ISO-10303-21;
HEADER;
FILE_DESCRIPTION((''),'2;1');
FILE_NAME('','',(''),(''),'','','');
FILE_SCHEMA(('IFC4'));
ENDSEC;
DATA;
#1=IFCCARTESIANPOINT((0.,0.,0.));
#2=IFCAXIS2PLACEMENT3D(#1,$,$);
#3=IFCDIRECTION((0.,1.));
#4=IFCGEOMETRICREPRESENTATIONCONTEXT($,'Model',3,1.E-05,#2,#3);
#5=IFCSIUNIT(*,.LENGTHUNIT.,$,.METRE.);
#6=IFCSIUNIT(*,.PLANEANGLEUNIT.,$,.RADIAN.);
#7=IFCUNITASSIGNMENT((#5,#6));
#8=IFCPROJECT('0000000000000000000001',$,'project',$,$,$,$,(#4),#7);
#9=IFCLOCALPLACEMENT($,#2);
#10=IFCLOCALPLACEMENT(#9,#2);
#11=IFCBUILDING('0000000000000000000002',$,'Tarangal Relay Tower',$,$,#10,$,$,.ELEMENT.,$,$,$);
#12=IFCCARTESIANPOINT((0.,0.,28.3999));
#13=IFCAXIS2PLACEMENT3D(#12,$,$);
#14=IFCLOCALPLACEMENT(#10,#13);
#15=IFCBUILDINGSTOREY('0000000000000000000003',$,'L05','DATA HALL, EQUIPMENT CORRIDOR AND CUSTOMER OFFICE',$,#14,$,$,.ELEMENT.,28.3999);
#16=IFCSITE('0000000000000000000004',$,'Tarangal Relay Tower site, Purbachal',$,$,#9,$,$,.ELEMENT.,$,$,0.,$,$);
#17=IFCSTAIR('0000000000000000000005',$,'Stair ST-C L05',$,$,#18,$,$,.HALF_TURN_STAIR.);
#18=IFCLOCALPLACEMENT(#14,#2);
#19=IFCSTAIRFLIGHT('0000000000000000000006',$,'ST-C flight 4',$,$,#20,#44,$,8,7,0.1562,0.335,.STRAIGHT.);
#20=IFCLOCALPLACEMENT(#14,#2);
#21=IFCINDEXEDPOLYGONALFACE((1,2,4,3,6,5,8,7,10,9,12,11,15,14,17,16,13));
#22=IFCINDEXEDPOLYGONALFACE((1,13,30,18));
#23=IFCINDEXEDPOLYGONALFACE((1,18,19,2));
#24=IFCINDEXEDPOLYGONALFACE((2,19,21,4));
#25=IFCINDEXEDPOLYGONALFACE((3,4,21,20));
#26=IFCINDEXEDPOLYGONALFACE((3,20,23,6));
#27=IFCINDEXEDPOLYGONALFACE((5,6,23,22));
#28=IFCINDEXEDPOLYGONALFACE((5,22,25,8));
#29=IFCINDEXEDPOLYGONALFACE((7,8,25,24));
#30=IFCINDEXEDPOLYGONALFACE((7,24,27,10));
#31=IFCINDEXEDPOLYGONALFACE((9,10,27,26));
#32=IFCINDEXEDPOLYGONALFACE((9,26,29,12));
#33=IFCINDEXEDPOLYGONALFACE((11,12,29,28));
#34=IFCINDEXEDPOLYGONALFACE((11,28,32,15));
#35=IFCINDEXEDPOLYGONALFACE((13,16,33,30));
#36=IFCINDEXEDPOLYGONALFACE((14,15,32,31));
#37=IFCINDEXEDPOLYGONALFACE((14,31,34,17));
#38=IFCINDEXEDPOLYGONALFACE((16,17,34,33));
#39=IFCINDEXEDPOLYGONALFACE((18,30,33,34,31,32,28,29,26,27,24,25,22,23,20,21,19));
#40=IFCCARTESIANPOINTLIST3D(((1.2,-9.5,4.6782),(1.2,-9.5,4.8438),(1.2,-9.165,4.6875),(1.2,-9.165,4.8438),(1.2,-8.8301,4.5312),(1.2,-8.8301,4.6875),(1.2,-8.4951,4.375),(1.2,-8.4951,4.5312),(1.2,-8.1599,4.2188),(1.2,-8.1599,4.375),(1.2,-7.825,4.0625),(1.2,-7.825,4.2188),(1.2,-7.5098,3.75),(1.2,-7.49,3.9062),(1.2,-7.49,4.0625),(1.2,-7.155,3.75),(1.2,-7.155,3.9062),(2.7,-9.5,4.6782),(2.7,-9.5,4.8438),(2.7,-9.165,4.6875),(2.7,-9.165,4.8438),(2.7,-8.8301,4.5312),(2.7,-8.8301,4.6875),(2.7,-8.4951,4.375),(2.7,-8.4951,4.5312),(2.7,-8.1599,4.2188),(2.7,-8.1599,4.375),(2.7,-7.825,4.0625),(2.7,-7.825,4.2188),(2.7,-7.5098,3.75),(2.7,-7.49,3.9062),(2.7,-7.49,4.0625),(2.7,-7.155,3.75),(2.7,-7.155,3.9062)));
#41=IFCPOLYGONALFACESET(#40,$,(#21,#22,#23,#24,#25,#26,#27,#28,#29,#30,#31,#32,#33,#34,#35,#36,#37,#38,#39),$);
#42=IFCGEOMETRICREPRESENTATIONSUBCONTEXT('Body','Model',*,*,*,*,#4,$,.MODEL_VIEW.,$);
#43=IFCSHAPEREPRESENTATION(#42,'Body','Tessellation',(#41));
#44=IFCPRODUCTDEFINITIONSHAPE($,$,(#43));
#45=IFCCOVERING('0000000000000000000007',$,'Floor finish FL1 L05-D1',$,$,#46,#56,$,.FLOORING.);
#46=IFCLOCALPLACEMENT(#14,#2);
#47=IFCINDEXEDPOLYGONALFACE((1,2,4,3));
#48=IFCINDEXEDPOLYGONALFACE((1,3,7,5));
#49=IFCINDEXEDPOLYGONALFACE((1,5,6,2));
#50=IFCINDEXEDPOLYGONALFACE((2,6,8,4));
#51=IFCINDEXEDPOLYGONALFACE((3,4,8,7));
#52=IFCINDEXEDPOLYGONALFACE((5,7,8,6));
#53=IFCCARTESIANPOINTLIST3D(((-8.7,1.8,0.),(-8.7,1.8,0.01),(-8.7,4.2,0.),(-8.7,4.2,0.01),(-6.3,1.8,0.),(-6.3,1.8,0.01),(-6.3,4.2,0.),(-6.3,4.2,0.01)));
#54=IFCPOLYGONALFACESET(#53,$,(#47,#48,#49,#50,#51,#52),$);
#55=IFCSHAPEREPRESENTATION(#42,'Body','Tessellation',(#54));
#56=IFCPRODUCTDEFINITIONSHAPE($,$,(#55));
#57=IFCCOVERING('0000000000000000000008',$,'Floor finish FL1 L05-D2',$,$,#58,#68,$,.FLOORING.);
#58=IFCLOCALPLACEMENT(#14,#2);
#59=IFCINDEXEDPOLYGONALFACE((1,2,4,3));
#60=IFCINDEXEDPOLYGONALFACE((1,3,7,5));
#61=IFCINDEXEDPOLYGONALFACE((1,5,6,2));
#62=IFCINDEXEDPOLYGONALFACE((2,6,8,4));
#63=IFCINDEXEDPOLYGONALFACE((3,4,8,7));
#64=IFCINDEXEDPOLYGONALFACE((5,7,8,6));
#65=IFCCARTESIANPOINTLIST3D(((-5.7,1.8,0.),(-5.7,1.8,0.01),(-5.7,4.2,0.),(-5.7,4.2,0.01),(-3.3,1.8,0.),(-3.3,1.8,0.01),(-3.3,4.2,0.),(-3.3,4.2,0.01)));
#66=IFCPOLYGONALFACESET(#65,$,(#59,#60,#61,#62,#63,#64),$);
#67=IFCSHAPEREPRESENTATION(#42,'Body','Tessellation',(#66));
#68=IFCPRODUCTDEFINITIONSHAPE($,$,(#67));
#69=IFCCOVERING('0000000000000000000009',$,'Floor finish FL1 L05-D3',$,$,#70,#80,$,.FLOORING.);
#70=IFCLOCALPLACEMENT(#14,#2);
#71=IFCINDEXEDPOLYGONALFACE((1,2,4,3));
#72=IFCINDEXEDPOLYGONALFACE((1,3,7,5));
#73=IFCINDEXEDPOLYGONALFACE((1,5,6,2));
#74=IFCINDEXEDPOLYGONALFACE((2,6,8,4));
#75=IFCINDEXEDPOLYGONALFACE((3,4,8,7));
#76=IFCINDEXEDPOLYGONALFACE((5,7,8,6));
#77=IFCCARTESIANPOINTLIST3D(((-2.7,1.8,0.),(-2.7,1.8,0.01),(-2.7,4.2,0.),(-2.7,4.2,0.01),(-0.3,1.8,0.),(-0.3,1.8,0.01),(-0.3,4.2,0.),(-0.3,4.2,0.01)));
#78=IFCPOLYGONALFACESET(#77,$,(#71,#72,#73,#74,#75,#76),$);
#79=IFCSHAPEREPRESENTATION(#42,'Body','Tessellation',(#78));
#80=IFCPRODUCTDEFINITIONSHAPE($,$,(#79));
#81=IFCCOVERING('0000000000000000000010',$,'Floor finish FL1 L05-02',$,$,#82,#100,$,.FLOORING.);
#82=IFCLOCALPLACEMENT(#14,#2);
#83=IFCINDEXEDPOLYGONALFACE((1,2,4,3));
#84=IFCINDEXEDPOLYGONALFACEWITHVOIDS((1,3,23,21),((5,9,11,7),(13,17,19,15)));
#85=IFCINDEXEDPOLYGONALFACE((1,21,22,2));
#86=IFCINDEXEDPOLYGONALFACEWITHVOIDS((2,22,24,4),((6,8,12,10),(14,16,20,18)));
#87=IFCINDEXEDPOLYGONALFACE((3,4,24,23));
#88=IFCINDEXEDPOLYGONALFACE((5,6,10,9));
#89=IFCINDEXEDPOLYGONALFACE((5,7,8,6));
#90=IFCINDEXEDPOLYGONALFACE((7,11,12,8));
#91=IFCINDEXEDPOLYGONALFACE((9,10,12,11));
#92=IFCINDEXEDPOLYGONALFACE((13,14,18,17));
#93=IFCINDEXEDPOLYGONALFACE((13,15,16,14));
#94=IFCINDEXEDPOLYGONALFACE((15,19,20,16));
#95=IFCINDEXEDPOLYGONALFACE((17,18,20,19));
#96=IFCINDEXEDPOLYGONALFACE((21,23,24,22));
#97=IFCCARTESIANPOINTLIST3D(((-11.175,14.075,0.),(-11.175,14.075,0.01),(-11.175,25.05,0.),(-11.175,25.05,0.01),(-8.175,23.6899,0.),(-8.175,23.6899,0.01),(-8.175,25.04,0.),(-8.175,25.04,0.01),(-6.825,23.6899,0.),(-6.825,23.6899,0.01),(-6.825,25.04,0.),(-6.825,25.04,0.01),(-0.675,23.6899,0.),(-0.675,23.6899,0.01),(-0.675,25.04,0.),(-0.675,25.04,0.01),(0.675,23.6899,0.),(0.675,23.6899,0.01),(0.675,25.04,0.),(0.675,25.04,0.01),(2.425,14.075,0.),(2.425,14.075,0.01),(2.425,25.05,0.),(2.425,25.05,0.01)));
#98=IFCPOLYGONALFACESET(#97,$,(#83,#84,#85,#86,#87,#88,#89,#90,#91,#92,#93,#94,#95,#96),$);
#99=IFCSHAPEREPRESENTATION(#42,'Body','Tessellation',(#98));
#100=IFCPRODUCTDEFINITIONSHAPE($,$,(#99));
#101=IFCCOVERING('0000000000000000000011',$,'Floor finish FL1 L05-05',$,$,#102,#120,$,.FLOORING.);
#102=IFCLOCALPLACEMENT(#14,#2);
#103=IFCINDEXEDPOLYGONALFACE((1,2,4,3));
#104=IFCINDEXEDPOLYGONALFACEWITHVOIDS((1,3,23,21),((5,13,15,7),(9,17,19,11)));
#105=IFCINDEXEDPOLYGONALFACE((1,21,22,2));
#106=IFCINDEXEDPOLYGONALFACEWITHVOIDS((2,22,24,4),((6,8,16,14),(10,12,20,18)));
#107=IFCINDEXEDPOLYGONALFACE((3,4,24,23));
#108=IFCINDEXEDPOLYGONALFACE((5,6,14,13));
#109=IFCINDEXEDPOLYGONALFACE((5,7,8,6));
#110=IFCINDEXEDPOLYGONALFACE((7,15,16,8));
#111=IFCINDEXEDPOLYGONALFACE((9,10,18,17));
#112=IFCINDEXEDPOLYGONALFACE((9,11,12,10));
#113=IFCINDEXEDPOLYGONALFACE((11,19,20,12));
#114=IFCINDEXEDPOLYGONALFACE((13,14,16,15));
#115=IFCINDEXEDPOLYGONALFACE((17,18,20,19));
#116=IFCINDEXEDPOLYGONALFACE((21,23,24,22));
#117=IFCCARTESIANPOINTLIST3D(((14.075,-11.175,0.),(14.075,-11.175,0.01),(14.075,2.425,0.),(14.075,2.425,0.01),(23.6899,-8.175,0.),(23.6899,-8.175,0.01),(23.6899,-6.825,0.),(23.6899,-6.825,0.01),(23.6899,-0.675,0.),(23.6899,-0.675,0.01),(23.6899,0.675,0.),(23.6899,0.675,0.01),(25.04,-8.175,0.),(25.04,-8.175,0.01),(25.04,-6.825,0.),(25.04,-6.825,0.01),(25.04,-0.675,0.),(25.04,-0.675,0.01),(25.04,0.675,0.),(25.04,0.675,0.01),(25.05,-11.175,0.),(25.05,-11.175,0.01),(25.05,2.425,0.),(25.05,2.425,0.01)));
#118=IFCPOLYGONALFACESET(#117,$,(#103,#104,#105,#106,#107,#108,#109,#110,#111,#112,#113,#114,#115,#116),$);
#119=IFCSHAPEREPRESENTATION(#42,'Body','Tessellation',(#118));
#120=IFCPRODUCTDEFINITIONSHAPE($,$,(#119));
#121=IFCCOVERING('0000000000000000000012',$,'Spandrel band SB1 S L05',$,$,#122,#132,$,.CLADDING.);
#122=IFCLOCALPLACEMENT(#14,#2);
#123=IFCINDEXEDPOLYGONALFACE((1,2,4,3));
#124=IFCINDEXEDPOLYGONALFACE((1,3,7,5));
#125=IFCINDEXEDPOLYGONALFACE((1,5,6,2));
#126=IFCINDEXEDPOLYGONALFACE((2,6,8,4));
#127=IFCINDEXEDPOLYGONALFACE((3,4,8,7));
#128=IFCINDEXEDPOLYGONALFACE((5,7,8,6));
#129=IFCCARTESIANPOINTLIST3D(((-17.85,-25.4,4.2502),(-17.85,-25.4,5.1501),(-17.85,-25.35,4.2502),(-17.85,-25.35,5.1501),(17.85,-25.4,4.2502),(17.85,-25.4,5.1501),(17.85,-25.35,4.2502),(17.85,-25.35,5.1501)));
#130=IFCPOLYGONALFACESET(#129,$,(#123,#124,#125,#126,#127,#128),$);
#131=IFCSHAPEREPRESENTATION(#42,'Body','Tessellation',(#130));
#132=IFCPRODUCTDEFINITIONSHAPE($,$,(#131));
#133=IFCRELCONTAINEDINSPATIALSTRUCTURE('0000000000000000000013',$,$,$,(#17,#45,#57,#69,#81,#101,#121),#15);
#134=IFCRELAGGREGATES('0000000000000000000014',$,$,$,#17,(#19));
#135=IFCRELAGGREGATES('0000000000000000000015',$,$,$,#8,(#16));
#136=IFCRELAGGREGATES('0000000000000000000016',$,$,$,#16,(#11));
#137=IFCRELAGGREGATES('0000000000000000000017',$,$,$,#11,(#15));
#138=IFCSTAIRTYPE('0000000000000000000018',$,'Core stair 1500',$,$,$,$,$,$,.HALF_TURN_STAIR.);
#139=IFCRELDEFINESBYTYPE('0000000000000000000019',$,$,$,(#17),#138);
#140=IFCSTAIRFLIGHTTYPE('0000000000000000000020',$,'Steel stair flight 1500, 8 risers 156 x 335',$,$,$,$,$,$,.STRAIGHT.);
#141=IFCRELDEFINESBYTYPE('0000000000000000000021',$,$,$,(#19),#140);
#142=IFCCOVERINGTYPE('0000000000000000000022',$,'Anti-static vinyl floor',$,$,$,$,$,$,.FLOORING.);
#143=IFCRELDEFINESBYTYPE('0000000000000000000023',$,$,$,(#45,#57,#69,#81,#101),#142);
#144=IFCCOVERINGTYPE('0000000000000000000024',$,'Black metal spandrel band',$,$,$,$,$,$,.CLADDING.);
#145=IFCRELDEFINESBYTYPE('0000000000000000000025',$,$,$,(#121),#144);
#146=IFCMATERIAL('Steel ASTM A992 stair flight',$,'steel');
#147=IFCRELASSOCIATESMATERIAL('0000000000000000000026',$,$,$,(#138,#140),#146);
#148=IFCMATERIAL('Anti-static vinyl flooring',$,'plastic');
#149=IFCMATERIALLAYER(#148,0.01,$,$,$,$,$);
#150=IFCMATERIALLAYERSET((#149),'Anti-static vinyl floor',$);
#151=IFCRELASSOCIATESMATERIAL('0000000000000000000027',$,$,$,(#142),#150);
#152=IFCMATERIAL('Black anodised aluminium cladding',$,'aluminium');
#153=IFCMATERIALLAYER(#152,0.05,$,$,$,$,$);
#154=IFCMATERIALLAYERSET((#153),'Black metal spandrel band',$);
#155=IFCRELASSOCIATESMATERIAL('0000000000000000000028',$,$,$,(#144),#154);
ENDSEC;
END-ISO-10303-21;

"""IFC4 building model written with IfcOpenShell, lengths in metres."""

from ifc_helpers import new_model, si_unit, direction, frame, origin, origin_2d, place, context, subcontext, project, spatial, polyline, rectangle, outline, extrude, material, layer, layer_set, type_object, element, aggregate, save


model = new_model("IFC4")

# Units and contexts
model_context = context("Model", 3, precision=1e-05, world=origin(), true_north=direction((0.0, 1.0)))
body_context = subcontext(model_context, "Body", "Model", "MODEL_VIEW")
ifc_project = project(units=[si_unit("LENGTHUNIT", "METRE"), si_unit("PLANEANGLEUNIT", "RADIAN")], contexts=[model_context])

# Site, building, storey
site_placement = place(None, origin())
site = spatial("IfcSite", under=ifc_project, at=site_placement, Name="Tarangal Relay Tower site, Purbachal", CompositionType="ELEMENT", RefElevation=0.0)
building_placement = place(site_placement, origin())
building = spatial("IfcBuilding", under=site, at=building_placement, Name="Tarangal Relay Tower", CompositionType="ELEMENT")
storey_placement = place(building_placement, frame((0.0, 0.0, 28.3999)))
storey = spatial("IfcBuildingStorey", under=building, at=storey_placement, Name="L05", Description="DATA HALL, EQUIPMENT CORRIDOR AND CUSTOMER OFFICE", CompositionType="ELEMENT", Elevation=28.3999)

# Shared definitions
ifc_material_1 = material(Name="Steel ASTM A992 stair flight", Category="steel")
stair_type = type_object("IfcStairType", Name="Core stair 1500", PredefinedType="HALF_TURN_STAIR", material=ifc_material_1)

# Stair, stair flight
stair_1_placement = place(storey_placement, origin())
stair_1 = element("IfcStair", 1, at=stair_1_placement, inside=storey, type_object=stair_type, Name="Stair ST-C L05", PredefinedType="HALF_TURN_STAIR")
stair_flight_type = type_object("IfcStairFlightType", Name="Steel stair flight 1500, 8 risers 156 x 335", PredefinedType="STRAIGHT", material=ifc_material_1)
stair_flight_1_placement = place(storey_placement, frame((1.95, -7.155, 3.75), z_axis=(0.0, 0.0, 1.0), x_axis=(0.0, -1.0, 0.0)))
stair_flight_1 = element("IfcStairFlight", 2, at=stair_flight_1_placement, type_object=stair_flight_type, Name="ST-C flight 4", NumberOfRisers=8, NumberOfTreads=7, PredefinedType="STRAIGHT", RiserHeight=0.1562, TreadLength=0.335, context=body_context, shape_type="SweptSolid", body=[
    extrude(outline(polyline([(0.0, 0.0), (0.0, 0.1562), (0.335, 0.1562), (0.335, 0.3125), (0.6699, 0.3125), (0.6699, 0.4688), (1.0049, 0.4688), (1.0049, 0.625), (1.3401, 0.625), (1.3401, 0.7812), (1.675, 0.7812), (1.675, 0.9375), (2.01, 0.9375), (2.01, 1.0938), (2.345, 1.0938), (2.345, 1.25), (2.345, 0.9282), (0.3547, 0.0), (0.0, 0.0)])), frame((0.0, 0.75, 0.0), z_axis=(0.0, -1.0, 0.0), x_axis=(1.0, 0.0, 0.0)), (0.0, 0.0, 1.0), 1.5),
])
aggregate(stair_1, [stair_flight_1])

# Coverings
ifc_material_2 = material(Name="Anti-static vinyl flooring", Category="plastic")
ifc_layer_1 = layer(ifc_material_2, 0.01)
ifc_layer_set_1 = layer_set([ifc_layer_1], Name="Anti-static vinyl floor")
covering_type_1 = type_object("IfcCoveringType", Name="Anti-static vinyl floor", PredefinedType="FLOORING", material=ifc_layer_set_1)
covering_1_placement = place(storey_placement, origin())
element("IfcCovering", 3, at=covering_1_placement, inside=storey, type_object=covering_type_1, Name="Floor finish FL1 L05-D1", PredefinedType="FLOORING", context=body_context, shape_type="SweptSolid", body=[
    extrude(outline(polyline([(-8.7, 1.8), (-6.3, 1.8), (-6.3, 4.2), (-8.7, 4.2), (-8.7, 1.8)])), origin(), (0.0, 0.0, 1.0), 0.01),
])
covering_2_placement = place(storey_placement, origin())
element("IfcCovering", 4, at=covering_2_placement, inside=storey, type_object=covering_type_1, Name="Floor finish FL1 L05-D2", PredefinedType="FLOORING", context=body_context, shape_type="SweptSolid", body=[
    extrude(outline(polyline([(-5.7, 1.8), (-3.3, 1.8), (-3.3, 4.2), (-5.7, 4.2), (-5.7, 1.8)])), origin(), (0.0, 0.0, 1.0), 0.01),
])
covering_3_placement = place(storey_placement, origin())
element("IfcCovering", 5, at=covering_3_placement, inside=storey, type_object=covering_type_1, Name="Floor finish FL1 L05-D3", PredefinedType="FLOORING", context=body_context, shape_type="SweptSolid", body=[
    extrude(outline(polyline([(-2.7, 1.8), (-0.3, 1.8), (-0.3, 4.2), (-2.7, 4.2), (-2.7, 1.8)])), origin(), (0.0, 0.0, 1.0), 0.01),
])
covering_4_placement = place(storey_placement, origin())
element("IfcCovering", 6, at=covering_4_placement, inside=storey, type_object=covering_type_1, Name="Floor finish FL1 L05-02", PredefinedType="FLOORING", context=body_context, shape_type="SweptSolid", body=[
    extrude(outline(polyline([(2.425, 25.05), (-11.175, 25.05), (-11.175, 14.075), (2.425, 14.075), (2.425, 25.05)]), holes=[polyline([(-6.825, 23.6899), (-6.825, 25.04), (-8.175, 25.04), (-8.175, 23.6899), (-6.825, 23.6899)]), polyline([(0.675, 23.6899), (0.675, 25.04), (-0.675, 25.04), (-0.675, 23.6899), (0.675, 23.6899)])]), origin(), (0.0, 0.0, 1.0), 0.01),
])
covering_5_placement = place(storey_placement, origin())
element("IfcCovering", 7, at=covering_5_placement, inside=storey, type_object=covering_type_1, Name="Floor finish FL1 L05-05", PredefinedType="FLOORING", context=body_context, shape_type="SweptSolid", body=[
    extrude(outline(polyline([(25.05, -11.175), (25.05, 2.425), (14.075, 2.425), (14.075, -11.175), (25.05, -11.175)]), holes=[polyline([(25.04, -8.175), (25.04, -6.825), (23.6899, -6.825), (23.6899, -8.175), (25.04, -8.175)]), polyline([(25.04, -0.675), (25.04, 0.675), (23.6899, 0.675), (23.6899, -0.675), (25.04, -0.675)])]), origin(), (0.0, 0.0, 1.0), 0.01),
])
ifc_material_3 = material(Name="Black anodised aluminium cladding", Category="aluminium")
ifc_layer_2 = layer(ifc_material_3, 0.05)
ifc_layer_set_2 = layer_set([ifc_layer_2], Name="Black metal spandrel band")
covering_type_2 = type_object("IfcCoveringType", Name="Black metal spandrel band", PredefinedType="CLADDING", material=ifc_layer_set_2)
covering_6_placement = place(storey_placement, frame((0.0, -25.375, 4.2502), z_axis=(0.0, 0.0, 1.0), x_axis=(-1.0, 0.0, 0.0)))
element("IfcCovering", 8, at=covering_6_placement, inside=storey, type_object=covering_type_2, Name="Spandrel band SB1 S L05", PredefinedType="CLADDING", context=body_context, shape_type="SweptSolid", body=[
    extrude(rectangle(XDim=35.7, YDim=0.05, at=origin_2d()), origin(), (0.0, 0.0, 1.0), 0.8999),
])

save(model, "model.ifc")
